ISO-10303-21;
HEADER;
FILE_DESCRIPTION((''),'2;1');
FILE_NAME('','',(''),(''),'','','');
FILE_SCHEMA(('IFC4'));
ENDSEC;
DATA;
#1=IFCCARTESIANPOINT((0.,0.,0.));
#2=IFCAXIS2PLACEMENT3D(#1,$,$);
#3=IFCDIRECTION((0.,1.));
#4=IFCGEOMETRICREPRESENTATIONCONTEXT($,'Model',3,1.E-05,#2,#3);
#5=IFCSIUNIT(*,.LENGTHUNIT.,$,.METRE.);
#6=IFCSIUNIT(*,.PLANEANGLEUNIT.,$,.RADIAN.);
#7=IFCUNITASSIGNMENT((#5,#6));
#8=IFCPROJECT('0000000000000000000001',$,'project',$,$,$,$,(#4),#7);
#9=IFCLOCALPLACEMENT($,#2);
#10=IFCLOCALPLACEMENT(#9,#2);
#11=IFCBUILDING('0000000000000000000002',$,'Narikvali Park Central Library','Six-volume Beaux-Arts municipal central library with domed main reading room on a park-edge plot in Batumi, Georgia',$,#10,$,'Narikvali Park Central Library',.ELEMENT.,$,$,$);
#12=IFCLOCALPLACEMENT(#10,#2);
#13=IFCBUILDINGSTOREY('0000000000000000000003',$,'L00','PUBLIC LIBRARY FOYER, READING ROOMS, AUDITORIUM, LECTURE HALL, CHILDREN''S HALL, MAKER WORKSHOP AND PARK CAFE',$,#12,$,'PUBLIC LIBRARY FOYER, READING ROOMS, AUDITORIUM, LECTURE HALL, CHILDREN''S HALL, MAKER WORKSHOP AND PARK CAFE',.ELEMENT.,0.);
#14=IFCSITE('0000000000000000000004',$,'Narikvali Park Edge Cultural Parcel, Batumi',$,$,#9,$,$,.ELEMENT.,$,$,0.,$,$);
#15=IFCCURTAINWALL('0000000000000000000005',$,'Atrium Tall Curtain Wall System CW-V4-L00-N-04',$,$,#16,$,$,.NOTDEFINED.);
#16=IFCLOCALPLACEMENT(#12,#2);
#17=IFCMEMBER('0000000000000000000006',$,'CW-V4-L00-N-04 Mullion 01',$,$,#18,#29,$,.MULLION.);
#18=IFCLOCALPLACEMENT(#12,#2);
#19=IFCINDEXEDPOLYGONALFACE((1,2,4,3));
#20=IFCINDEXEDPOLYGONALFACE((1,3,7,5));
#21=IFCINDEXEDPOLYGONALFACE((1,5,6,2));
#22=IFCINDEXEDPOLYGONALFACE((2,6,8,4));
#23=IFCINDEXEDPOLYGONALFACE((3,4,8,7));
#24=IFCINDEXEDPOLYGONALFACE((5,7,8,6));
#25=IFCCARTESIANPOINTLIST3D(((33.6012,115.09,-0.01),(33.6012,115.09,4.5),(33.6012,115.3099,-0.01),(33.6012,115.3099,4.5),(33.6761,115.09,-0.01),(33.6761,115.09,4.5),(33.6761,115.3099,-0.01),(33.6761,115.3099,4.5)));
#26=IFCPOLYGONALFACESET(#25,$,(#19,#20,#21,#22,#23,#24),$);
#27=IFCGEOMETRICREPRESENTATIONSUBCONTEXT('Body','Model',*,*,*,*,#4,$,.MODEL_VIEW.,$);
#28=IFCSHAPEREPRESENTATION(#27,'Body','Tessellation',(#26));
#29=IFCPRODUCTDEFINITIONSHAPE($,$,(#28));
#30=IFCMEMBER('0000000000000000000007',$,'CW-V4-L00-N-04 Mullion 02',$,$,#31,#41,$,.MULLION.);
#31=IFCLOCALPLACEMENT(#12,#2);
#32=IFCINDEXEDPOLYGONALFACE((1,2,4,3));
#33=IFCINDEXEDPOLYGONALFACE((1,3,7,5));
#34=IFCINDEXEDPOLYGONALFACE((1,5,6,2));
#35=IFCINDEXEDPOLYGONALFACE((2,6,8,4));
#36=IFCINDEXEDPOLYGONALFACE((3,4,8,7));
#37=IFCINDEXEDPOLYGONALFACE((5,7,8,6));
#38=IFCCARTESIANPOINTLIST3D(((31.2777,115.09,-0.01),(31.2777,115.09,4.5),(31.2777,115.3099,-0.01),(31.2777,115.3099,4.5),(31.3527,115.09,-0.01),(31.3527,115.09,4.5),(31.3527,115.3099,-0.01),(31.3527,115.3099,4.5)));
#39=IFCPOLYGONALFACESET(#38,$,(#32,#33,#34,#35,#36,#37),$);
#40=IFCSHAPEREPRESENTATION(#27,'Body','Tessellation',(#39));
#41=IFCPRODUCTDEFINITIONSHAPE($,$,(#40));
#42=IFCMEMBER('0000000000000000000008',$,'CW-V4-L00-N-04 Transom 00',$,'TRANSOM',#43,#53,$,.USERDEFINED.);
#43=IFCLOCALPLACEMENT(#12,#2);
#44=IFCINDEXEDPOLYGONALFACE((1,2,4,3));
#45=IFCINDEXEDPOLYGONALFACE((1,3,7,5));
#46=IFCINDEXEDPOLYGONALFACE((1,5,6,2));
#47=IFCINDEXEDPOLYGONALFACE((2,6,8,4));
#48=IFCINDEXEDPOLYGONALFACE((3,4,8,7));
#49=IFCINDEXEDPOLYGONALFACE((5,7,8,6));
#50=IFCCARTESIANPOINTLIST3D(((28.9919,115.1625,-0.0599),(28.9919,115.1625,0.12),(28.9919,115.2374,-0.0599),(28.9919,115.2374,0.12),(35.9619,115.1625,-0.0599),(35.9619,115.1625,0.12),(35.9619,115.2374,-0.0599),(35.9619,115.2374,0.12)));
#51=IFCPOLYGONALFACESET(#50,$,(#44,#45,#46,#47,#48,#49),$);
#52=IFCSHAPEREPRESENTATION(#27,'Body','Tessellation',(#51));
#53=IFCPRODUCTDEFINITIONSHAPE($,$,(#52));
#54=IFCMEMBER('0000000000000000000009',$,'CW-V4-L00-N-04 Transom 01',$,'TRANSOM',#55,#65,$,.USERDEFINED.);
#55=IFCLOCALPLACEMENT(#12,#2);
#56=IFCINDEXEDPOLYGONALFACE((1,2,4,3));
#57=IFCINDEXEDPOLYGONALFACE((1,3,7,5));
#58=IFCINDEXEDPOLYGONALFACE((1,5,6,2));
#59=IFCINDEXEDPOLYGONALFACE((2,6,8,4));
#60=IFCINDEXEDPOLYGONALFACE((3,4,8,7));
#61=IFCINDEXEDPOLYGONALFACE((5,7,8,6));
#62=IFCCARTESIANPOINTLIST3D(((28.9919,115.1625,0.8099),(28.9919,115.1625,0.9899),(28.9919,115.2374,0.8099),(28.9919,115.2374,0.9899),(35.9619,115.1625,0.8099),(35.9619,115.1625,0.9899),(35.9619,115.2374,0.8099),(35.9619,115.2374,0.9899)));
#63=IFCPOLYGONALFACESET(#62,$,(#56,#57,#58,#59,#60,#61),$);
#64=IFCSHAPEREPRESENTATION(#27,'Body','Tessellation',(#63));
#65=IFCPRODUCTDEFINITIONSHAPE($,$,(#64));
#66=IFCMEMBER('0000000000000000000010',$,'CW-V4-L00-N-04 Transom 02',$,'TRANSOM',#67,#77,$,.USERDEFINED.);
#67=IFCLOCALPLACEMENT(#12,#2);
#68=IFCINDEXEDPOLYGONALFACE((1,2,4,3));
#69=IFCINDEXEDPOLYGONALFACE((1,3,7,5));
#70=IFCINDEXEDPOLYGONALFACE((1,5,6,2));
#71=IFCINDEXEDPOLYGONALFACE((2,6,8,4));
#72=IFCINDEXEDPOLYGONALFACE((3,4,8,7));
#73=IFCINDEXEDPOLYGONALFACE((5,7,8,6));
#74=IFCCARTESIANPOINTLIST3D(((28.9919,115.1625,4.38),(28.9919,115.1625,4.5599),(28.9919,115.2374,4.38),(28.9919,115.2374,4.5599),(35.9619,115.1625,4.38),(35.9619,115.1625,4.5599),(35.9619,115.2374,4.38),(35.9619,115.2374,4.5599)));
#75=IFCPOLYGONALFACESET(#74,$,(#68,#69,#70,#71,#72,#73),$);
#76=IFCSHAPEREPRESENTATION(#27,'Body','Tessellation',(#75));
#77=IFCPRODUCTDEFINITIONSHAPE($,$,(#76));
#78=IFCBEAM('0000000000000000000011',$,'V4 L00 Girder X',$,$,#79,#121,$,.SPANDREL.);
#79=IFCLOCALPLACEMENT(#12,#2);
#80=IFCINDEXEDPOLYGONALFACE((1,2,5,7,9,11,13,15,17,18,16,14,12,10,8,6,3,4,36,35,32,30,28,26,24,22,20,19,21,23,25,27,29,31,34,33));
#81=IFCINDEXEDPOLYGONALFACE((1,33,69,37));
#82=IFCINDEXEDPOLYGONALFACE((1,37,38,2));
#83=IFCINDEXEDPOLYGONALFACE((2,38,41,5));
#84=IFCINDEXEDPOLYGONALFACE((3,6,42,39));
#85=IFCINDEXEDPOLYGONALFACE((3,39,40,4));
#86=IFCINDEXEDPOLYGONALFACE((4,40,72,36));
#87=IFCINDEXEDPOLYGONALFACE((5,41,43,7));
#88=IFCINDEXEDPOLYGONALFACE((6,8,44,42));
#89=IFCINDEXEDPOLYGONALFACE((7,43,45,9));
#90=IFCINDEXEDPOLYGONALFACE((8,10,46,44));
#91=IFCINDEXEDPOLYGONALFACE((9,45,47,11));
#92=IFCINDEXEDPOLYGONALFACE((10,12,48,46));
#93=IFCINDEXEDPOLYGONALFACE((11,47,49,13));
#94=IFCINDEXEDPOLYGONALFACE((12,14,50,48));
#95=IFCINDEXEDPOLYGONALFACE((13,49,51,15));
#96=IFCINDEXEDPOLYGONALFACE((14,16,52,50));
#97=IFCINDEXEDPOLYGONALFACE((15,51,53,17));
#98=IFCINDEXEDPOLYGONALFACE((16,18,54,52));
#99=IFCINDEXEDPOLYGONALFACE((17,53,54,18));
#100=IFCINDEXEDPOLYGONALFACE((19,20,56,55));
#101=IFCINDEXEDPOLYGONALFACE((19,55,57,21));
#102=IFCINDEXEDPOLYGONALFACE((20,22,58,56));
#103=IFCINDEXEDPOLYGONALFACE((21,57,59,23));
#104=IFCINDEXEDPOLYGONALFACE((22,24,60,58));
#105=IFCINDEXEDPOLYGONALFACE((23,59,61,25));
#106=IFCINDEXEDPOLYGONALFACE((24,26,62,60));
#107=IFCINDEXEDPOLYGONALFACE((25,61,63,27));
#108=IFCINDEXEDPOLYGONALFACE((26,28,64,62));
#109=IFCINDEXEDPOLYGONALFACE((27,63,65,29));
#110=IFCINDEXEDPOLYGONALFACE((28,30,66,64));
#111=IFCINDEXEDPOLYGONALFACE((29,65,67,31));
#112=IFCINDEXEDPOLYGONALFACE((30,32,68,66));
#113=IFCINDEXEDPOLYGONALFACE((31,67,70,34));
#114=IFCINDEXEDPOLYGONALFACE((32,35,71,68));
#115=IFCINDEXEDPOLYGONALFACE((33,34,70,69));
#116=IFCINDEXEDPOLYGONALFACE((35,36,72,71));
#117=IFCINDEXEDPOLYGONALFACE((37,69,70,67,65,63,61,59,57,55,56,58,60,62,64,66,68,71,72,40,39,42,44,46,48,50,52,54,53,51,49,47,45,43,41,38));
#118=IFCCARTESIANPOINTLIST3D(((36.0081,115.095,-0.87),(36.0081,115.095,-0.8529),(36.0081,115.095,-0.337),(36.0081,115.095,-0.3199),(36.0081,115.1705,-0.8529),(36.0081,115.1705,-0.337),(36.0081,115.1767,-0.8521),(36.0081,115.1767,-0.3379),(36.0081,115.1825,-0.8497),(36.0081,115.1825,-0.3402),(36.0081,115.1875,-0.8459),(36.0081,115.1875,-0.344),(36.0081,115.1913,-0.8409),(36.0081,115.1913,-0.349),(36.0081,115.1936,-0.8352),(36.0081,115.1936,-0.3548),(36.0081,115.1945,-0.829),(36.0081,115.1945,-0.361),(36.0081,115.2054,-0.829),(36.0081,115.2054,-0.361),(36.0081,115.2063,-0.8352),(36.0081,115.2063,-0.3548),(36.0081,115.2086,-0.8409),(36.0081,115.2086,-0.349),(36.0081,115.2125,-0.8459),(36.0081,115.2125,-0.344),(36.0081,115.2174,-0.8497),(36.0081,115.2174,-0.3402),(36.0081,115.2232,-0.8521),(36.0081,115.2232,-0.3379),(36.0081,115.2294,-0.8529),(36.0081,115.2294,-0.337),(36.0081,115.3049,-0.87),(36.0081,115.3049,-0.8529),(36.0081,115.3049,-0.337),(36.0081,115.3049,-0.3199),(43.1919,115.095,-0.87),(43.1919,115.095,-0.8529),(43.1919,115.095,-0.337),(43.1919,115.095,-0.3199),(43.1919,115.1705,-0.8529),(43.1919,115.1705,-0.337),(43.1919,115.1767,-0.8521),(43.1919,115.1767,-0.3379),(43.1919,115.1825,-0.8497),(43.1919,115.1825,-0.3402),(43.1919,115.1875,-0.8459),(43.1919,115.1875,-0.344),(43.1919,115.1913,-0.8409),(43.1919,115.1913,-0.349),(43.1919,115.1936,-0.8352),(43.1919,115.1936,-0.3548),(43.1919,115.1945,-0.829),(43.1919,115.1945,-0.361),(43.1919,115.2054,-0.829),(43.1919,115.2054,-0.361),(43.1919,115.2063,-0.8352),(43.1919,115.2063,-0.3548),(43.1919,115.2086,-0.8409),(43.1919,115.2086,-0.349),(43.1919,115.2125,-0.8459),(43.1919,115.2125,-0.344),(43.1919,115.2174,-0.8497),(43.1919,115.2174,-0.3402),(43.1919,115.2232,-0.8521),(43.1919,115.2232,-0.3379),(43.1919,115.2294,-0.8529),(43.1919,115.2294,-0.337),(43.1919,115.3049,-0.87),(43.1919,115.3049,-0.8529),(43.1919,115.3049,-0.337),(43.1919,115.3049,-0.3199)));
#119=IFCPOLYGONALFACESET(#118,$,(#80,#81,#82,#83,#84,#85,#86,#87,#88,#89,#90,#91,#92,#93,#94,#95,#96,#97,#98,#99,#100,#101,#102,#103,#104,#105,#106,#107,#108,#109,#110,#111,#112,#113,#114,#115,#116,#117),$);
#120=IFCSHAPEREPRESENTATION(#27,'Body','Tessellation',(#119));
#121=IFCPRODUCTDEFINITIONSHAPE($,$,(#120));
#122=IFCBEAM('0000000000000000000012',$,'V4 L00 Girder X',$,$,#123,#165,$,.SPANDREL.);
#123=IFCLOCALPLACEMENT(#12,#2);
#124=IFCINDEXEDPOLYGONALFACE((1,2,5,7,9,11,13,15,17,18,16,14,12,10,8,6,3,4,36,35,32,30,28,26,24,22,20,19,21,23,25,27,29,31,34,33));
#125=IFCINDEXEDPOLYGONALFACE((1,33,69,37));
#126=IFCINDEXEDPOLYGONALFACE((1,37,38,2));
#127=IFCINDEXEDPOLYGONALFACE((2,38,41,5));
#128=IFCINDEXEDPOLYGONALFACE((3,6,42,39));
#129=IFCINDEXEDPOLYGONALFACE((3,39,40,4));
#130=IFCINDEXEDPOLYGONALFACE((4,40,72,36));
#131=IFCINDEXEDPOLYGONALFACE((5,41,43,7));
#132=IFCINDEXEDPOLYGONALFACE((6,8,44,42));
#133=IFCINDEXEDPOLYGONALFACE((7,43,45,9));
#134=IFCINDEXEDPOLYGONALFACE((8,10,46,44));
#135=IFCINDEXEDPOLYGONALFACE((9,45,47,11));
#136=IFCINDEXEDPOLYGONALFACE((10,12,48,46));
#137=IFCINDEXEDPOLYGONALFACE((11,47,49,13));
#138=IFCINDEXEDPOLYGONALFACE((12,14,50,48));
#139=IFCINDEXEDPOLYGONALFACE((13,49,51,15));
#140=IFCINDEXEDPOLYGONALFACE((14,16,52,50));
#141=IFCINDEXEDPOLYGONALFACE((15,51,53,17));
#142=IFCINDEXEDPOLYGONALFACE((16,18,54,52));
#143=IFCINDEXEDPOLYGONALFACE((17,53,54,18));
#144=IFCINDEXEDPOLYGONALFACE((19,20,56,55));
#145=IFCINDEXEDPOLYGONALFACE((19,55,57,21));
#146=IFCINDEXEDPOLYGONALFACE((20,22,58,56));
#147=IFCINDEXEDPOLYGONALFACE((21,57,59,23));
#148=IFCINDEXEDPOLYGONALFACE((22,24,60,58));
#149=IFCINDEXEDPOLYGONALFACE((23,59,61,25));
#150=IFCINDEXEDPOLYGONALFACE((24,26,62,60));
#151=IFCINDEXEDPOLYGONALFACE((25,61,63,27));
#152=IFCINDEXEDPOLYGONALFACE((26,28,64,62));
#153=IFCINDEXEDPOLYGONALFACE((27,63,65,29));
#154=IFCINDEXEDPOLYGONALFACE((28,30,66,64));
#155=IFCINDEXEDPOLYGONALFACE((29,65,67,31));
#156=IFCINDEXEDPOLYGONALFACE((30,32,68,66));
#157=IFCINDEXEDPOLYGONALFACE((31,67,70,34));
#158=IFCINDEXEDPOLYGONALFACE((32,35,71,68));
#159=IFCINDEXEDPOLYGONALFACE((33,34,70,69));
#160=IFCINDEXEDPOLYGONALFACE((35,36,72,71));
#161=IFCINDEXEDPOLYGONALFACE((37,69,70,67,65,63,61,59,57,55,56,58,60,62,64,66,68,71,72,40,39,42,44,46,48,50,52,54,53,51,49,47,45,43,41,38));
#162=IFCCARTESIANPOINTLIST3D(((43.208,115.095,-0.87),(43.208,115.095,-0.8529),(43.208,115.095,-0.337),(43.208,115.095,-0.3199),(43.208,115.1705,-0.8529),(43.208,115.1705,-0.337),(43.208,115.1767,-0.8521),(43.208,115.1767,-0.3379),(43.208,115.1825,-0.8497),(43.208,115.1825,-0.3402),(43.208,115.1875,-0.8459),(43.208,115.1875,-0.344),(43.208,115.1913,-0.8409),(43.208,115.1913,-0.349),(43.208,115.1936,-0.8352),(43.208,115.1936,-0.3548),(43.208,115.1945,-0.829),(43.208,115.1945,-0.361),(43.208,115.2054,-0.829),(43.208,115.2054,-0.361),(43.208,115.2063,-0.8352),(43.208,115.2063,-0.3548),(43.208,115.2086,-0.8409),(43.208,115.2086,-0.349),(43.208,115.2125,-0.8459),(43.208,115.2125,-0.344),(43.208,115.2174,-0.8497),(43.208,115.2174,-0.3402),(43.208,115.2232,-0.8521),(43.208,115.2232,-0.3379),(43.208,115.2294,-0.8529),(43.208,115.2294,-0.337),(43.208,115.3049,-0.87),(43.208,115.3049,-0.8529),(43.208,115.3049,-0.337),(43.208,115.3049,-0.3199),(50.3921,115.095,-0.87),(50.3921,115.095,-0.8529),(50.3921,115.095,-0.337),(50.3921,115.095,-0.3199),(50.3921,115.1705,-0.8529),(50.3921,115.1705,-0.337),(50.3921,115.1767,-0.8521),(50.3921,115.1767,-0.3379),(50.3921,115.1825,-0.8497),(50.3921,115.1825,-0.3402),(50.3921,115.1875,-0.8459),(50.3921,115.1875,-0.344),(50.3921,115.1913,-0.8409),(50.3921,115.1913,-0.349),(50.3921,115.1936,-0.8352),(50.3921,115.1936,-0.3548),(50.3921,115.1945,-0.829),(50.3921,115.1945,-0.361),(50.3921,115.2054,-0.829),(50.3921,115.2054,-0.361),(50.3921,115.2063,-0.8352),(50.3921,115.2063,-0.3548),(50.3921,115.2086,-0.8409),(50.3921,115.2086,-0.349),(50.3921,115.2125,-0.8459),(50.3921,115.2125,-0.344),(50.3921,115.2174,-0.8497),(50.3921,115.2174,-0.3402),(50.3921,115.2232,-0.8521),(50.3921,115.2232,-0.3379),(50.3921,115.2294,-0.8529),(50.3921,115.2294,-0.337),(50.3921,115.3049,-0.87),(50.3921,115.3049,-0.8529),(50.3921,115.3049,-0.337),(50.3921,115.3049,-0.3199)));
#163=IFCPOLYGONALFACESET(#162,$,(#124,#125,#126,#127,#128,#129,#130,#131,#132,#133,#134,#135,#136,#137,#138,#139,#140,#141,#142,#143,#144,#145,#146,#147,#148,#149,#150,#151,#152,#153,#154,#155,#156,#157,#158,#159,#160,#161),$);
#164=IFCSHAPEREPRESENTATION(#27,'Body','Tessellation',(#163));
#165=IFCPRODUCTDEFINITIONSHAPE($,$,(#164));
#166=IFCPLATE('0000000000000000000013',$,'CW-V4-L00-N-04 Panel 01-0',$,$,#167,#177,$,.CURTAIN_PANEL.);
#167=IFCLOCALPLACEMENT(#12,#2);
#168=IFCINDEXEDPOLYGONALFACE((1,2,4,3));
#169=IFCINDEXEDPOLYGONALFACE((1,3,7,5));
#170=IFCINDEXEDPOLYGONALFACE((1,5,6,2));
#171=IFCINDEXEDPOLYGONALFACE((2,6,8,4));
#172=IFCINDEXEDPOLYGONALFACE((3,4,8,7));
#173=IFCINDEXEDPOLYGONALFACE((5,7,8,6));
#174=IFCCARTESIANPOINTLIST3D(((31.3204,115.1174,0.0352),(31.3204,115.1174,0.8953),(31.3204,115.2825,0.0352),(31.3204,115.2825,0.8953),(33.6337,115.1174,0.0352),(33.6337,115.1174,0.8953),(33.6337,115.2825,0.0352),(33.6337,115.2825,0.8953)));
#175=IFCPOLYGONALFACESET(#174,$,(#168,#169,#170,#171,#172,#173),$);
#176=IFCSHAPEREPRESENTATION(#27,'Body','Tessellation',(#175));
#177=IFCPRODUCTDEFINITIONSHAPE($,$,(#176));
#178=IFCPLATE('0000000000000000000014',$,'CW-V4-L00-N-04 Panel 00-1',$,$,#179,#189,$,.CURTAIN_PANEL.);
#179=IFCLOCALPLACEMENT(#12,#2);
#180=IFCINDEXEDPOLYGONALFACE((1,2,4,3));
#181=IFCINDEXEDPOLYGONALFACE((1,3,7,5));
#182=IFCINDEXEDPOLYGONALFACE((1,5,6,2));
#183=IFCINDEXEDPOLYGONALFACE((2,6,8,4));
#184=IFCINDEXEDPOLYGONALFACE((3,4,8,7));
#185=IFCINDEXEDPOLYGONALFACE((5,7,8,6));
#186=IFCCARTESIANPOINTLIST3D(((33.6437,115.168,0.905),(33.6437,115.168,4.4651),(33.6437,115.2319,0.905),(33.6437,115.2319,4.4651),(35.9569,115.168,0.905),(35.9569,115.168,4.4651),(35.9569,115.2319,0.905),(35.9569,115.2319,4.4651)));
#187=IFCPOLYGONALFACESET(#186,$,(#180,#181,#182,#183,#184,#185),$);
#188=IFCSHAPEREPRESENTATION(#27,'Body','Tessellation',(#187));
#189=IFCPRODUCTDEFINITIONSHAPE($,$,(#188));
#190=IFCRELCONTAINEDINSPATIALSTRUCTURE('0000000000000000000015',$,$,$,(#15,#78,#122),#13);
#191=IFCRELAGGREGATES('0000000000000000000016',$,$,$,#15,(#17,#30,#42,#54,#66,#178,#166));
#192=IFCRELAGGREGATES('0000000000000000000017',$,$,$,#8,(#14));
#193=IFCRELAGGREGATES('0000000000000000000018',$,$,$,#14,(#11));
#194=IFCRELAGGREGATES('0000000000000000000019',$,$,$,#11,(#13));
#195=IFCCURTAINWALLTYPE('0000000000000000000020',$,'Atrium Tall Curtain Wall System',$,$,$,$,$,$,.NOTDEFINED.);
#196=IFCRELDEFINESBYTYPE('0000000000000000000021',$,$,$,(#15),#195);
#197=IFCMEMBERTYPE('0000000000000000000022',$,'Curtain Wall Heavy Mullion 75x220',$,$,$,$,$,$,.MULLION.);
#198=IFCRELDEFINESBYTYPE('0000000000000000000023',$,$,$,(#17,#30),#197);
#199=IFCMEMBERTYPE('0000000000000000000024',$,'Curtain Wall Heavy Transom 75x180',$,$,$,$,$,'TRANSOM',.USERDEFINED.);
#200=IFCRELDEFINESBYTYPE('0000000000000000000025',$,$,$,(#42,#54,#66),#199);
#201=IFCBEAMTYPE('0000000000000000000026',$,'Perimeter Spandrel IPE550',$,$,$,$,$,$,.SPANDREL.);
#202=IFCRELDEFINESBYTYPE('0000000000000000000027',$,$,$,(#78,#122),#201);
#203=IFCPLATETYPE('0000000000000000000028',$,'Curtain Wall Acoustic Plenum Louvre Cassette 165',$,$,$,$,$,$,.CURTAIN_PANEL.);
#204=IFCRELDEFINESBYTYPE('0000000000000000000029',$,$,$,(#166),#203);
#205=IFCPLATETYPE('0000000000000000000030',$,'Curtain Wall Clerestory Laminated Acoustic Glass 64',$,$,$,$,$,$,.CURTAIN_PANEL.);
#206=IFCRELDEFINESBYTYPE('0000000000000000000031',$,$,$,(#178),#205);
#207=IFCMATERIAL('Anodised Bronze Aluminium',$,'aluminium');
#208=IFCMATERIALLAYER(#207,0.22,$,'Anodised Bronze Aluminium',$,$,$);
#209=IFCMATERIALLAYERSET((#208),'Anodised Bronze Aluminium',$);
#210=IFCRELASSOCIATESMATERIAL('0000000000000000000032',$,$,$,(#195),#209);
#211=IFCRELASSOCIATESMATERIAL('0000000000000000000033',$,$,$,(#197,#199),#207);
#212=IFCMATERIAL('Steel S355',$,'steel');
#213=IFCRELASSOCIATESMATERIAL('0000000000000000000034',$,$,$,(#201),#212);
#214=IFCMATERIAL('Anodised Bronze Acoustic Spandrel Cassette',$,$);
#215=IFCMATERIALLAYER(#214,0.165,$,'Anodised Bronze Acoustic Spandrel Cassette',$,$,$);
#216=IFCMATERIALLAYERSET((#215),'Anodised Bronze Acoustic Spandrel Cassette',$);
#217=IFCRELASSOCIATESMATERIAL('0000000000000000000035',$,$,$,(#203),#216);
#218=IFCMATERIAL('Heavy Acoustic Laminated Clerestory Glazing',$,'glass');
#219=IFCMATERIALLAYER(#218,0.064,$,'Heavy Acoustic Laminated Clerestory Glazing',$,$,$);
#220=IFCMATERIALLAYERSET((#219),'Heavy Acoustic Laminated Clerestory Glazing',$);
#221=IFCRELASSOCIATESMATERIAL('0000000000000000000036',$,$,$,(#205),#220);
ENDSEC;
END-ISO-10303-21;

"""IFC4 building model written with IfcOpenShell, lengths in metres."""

from ifc_helpers import new_model, si_unit, direction, frame, origin, origin_2d, place, context, subcontext, project, spatial, rectangle, i_section, extrude, material, layer, layer_set, material_profile, profile_set, type_object, element, aggregate, save


model = new_model("IFC4")

# Units and contexts
model_context = context("Model", 3, precision=1e-05, world=origin(), true_north=direction((0.0, 1.0)))
body_context = subcontext(model_context, "Body", "Model", "MODEL_VIEW")
ifc_project = project(units=[si_unit("LENGTHUNIT", "METRE"), si_unit("PLANEANGLEUNIT", "RADIAN")], contexts=[model_context])

# Site, building, storey
site_placement = place(None, origin())
site = spatial("IfcSite", under=ifc_project, at=site_placement, Name="Narikvali Park Edge Cultural Parcel, Batumi", CompositionType="ELEMENT", RefElevation=0.0)
building_placement = place(site_placement, origin())
building = spatial("IfcBuilding", under=site, at=building_placement, Name="Narikvali Park Central Library", Description="Six-volume Beaux-Arts municipal central library with domed main reading room on a park-edge plot in Batumi, Georgia", LongName="Narikvali Park Central Library", CompositionType="ELEMENT")
storey_placement = place(building_placement, origin())
storey = spatial("IfcBuildingStorey", under=building, at=storey_placement, Name="L00", Description="PUBLIC LIBRARY FOYER, READING ROOMS, AUDITORIUM, LECTURE HALL, CHILDREN'S HALL, MAKER WORKSHOP AND PARK CAFE", LongName="PUBLIC LIBRARY FOYER, READING ROOMS, AUDITORIUM, LECTURE HALL, CHILDREN'S HALL, MAKER WORKSHOP AND PARK CAFE", CompositionType="ELEMENT", Elevation=0.0)

# Shared definitions
ifc_material_1 = material(Name="Steel S355", Category="steel")

# Curtain wall, members
ifc_material_2 = material(Name="Anodised Bronze Aluminium", Category="aluminium")
ifc_layer_1 = layer(ifc_material_2, 0.22, Name="Anodised Bronze Aluminium")
ifc_layer_set_1 = layer_set([ifc_layer_1], Name="Anodised Bronze Aluminium")
curtain_wall_type = type_object("IfcCurtainWallType", Name="Atrium Tall Curtain Wall System", PredefinedType="NOTDEFINED", material=ifc_layer_set_1)
curtain_wall_placement = place(storey_placement, origin())
curtain_wall = element("IfcCurtainWall", 1, at=curtain_wall_placement, inside=storey, type_object=curtain_wall_type, Name="Atrium Tall Curtain Wall System CW-V4-L00-N-04", PredefinedType="NOTDEFINED")
ifc_material_profile_1 = material_profile(ifc_material_2, rectangle(XDim=0.075, YDim=0.22, at=origin_2d()), Name="CW MULLION 75x220")
ifc_profile_set_1 = profile_set([ifc_material_profile_1], Name="Anodised Bronze Aluminium")
member_type_1 = type_object("IfcMemberType", Name="Curtain Wall Heavy Mullion 75x220", PredefinedType="MULLION", material=ifc_profile_set_1)
member_1_placement = place(storey_placement, frame((33.6387, 115.2, -0.01), z_axis=(0.0, 0.0, 1.0), x_axis=(1.0, 0.0, 0.0)))
member_1 = element("IfcMember", 2, at=member_1_placement, type_object=member_type_1, Name="CW-V4-L00-N-04 Mullion 01", PredefinedType="MULLION", context=body_context, shape_type="SweptSolid", body=[
    extrude(rectangle(XDim=0.075, YDim=0.22, at=origin_2d()), origin(), (0.0, 0.0, 1.0), 4.51),
])
member_2_placement = place(storey_placement, frame((31.3152, 115.2, -0.01), z_axis=(0.0, 0.0, 1.0), x_axis=(1.0, 0.0, 0.0)))
member_2 = element("IfcMember", 3, at=member_2_placement, type_object=member_type_1, Name="CW-V4-L00-N-04 Mullion 02", PredefinedType="MULLION", context=body_context, shape_type="SweptSolid", body=[
    extrude(rectangle(XDim=0.075, YDim=0.22, at=origin_2d()), origin(), (0.0, 0.0, 1.0), 4.51),
])
ifc_material_profile_2 = material_profile(ifc_material_2, rectangle(XDim=0.075, YDim=0.1799, at=origin_2d()), Name="CW TRANSOM 75x180")
ifc_profile_set_2 = profile_set([ifc_material_profile_2], Name="Anodised Bronze Aluminium")
member_type_2 = type_object("IfcMemberType", Name="Curtain Wall Heavy Transom 75x180", ElementType="TRANSOM", PredefinedType="USERDEFINED", material=ifc_profile_set_2)
member_3_placement = place(storey_placement, frame((35.9619, 115.2, 0.03), z_axis=(-1.0, 0.0, 0.0), x_axis=(0.0, -1.0, 0.0)))
member_3 = element("IfcMember", 4, at=member_3_placement, type_object=member_type_2, Name="CW-V4-L00-N-04 Transom 00", ObjectType="TRANSOM", PredefinedType="USERDEFINED", context=body_context, shape_type="SweptSolid", body=[
    extrude(rectangle(XDim=0.075, YDim=0.1799, at=origin_2d()), origin(), (0.0, 0.0, 1.0), 6.97),
])
member_4_placement = place(storey_placement, frame((35.9619, 115.2, 0.8999), z_axis=(-1.0, 0.0, 0.0), x_axis=(0.0, -1.0, 0.0)))
member_4 = element("IfcMember", 5, at=member_4_placement, type_object=member_type_2, Name="CW-V4-L00-N-04 Transom 01", ObjectType="TRANSOM", PredefinedType="USERDEFINED", context=body_context, shape_type="SweptSolid", body=[
    extrude(rectangle(XDim=0.075, YDim=0.1799, at=origin_2d()), origin(), (0.0, 0.0, 1.0), 6.97),
])
member_5_placement = place(storey_placement, frame((35.9619, 115.2, 4.47), z_axis=(-1.0, 0.0, 0.0), x_axis=(0.0, -1.0, 0.0)))
member_5 = element("IfcMember", 6, at=member_5_placement, type_object=member_type_2, Name="CW-V4-L00-N-04 Transom 02", ObjectType="TRANSOM", PredefinedType="USERDEFINED", context=body_context, shape_type="SweptSolid", body=[
    extrude(rectangle(XDim=0.075, YDim=0.1799, at=origin_2d()), origin(), (0.0, 0.0, 1.0), 6.97),
])

# Beams
ifc_material_profile_3 = material_profile(ifc_material_1, i_section(OverallWidth=0.21, OverallDepth=0.55, WebThickness=0.011, FlangeThickness=0.0171, FilletRadius=0.0239, at=origin_2d()), Name="IPE 550")
ifc_profile_set_3 = profile_set([ifc_material_profile_3], Name="Steel S355")
beam_type_1 = type_object("IfcBeamType", Name="Perimeter Spandrel IPE550", PredefinedType="SPANDREL", material=ifc_profile_set_3)
beam_1_placement = place(storey_placement, frame((36.0081, 115.2, -0.595), z_axis=(1.0, 0.0, 0.0), x_axis=(0.0, 1.0, 0.0)))
element("IfcBeam", 7, at=beam_1_placement, inside=storey, type_object=beam_type_1, Name="V4 L00 Girder X", PredefinedType="SPANDREL", context=body_context, shape_type="SweptSolid", body=[
    extrude(i_section(OverallWidth=0.21, OverallDepth=0.55, WebThickness=0.011, FlangeThickness=0.0171, FilletRadius=0.0239, at=origin_2d()), origin(), (0.0, 0.0, 1.0), 7.1838),
])
beam_2_placement = place(storey_placement, frame((43.208, 115.2, -0.595), z_axis=(1.0, 0.0, 0.0), x_axis=(0.0, 1.0, 0.0)))
element("IfcBeam", 8, at=beam_2_placement, inside=storey, type_object=beam_type_1, Name="V4 L00 Girder X", PredefinedType="SPANDREL", context=body_context, shape_type="SweptSolid", body=[
    extrude(i_section(OverallWidth=0.21, OverallDepth=0.55, WebThickness=0.011, FlangeThickness=0.0171, FilletRadius=0.0239, at=origin_2d()), origin(), (0.0, 0.0, 1.0), 7.1841),
])

# Plates
ifc_material_3 = material(Name="Anodised Bronze Acoustic Spandrel Cassette")
ifc_layer_2 = layer(ifc_material_3, 0.165, Name="Anodised Bronze Acoustic Spandrel Cassette")
ifc_layer_set_2 = layer_set([ifc_layer_2], Name="Anodised Bronze Acoustic Spandrel Cassette")
plate_type_1 = type_object("IfcPlateType", Name="Curtain Wall Acoustic Plenum Louvre Cassette 165", PredefinedType="CURTAIN_PANEL", material=ifc_layer_set_2)
plate_1_placement = place(storey_placement, frame((32.4771, 115.2, 0.0352), z_axis=(0.0, 0.0, 1.0), x_axis=(-1.0, 0.0, 0.0)))
plate_1 = element("IfcPlate", 9, at=plate_1_placement, type_object=plate_type_1, Name="CW-V4-L00-N-04 Panel 01-0", PredefinedType="CURTAIN_PANEL", context=body_context, shape_type="SweptSolid", body=[
    extrude(rectangle(XDim=2.3132, YDim=0.165, at=origin_2d()), origin(), (0.0, 0.0, 1.0), 0.8601),
])
ifc_material_4 = material(Name="Heavy Acoustic Laminated Clerestory Glazing", Category="glass")
ifc_layer_3 = layer(ifc_material_4, 0.064, Name="Heavy Acoustic Laminated Clerestory Glazing")
ifc_layer_set_3 = layer_set([ifc_layer_3], Name="Heavy Acoustic Laminated Clerestory Glazing")
plate_type_2 = type_object("IfcPlateType", Name="Curtain Wall Clerestory Laminated Acoustic Glass 64", PredefinedType="CURTAIN_PANEL", material=ifc_layer_set_3)
plate_2_placement = place(storey_placement, frame((34.8003, 115.2, 0.905), z_axis=(0.0, 0.0, 1.0), x_axis=(-1.0, 0.0, 0.0)))
plate_2 = element("IfcPlate", 10, at=plate_2_placement, type_object=plate_type_2, Name="CW-V4-L00-N-04 Panel 00-1", PredefinedType="CURTAIN_PANEL", context=body_context, shape_type="SweptSolid", body=[
    extrude(rectangle(XDim=2.3132, YDim=0.064, at=origin_2d()), origin(), (0.0, 0.0, 1.0), 3.5601),
])
aggregate(curtain_wall, [member_1, member_2, member_3, member_4, member_5, plate_2, plate_1])

save(model, "model.ifc")
